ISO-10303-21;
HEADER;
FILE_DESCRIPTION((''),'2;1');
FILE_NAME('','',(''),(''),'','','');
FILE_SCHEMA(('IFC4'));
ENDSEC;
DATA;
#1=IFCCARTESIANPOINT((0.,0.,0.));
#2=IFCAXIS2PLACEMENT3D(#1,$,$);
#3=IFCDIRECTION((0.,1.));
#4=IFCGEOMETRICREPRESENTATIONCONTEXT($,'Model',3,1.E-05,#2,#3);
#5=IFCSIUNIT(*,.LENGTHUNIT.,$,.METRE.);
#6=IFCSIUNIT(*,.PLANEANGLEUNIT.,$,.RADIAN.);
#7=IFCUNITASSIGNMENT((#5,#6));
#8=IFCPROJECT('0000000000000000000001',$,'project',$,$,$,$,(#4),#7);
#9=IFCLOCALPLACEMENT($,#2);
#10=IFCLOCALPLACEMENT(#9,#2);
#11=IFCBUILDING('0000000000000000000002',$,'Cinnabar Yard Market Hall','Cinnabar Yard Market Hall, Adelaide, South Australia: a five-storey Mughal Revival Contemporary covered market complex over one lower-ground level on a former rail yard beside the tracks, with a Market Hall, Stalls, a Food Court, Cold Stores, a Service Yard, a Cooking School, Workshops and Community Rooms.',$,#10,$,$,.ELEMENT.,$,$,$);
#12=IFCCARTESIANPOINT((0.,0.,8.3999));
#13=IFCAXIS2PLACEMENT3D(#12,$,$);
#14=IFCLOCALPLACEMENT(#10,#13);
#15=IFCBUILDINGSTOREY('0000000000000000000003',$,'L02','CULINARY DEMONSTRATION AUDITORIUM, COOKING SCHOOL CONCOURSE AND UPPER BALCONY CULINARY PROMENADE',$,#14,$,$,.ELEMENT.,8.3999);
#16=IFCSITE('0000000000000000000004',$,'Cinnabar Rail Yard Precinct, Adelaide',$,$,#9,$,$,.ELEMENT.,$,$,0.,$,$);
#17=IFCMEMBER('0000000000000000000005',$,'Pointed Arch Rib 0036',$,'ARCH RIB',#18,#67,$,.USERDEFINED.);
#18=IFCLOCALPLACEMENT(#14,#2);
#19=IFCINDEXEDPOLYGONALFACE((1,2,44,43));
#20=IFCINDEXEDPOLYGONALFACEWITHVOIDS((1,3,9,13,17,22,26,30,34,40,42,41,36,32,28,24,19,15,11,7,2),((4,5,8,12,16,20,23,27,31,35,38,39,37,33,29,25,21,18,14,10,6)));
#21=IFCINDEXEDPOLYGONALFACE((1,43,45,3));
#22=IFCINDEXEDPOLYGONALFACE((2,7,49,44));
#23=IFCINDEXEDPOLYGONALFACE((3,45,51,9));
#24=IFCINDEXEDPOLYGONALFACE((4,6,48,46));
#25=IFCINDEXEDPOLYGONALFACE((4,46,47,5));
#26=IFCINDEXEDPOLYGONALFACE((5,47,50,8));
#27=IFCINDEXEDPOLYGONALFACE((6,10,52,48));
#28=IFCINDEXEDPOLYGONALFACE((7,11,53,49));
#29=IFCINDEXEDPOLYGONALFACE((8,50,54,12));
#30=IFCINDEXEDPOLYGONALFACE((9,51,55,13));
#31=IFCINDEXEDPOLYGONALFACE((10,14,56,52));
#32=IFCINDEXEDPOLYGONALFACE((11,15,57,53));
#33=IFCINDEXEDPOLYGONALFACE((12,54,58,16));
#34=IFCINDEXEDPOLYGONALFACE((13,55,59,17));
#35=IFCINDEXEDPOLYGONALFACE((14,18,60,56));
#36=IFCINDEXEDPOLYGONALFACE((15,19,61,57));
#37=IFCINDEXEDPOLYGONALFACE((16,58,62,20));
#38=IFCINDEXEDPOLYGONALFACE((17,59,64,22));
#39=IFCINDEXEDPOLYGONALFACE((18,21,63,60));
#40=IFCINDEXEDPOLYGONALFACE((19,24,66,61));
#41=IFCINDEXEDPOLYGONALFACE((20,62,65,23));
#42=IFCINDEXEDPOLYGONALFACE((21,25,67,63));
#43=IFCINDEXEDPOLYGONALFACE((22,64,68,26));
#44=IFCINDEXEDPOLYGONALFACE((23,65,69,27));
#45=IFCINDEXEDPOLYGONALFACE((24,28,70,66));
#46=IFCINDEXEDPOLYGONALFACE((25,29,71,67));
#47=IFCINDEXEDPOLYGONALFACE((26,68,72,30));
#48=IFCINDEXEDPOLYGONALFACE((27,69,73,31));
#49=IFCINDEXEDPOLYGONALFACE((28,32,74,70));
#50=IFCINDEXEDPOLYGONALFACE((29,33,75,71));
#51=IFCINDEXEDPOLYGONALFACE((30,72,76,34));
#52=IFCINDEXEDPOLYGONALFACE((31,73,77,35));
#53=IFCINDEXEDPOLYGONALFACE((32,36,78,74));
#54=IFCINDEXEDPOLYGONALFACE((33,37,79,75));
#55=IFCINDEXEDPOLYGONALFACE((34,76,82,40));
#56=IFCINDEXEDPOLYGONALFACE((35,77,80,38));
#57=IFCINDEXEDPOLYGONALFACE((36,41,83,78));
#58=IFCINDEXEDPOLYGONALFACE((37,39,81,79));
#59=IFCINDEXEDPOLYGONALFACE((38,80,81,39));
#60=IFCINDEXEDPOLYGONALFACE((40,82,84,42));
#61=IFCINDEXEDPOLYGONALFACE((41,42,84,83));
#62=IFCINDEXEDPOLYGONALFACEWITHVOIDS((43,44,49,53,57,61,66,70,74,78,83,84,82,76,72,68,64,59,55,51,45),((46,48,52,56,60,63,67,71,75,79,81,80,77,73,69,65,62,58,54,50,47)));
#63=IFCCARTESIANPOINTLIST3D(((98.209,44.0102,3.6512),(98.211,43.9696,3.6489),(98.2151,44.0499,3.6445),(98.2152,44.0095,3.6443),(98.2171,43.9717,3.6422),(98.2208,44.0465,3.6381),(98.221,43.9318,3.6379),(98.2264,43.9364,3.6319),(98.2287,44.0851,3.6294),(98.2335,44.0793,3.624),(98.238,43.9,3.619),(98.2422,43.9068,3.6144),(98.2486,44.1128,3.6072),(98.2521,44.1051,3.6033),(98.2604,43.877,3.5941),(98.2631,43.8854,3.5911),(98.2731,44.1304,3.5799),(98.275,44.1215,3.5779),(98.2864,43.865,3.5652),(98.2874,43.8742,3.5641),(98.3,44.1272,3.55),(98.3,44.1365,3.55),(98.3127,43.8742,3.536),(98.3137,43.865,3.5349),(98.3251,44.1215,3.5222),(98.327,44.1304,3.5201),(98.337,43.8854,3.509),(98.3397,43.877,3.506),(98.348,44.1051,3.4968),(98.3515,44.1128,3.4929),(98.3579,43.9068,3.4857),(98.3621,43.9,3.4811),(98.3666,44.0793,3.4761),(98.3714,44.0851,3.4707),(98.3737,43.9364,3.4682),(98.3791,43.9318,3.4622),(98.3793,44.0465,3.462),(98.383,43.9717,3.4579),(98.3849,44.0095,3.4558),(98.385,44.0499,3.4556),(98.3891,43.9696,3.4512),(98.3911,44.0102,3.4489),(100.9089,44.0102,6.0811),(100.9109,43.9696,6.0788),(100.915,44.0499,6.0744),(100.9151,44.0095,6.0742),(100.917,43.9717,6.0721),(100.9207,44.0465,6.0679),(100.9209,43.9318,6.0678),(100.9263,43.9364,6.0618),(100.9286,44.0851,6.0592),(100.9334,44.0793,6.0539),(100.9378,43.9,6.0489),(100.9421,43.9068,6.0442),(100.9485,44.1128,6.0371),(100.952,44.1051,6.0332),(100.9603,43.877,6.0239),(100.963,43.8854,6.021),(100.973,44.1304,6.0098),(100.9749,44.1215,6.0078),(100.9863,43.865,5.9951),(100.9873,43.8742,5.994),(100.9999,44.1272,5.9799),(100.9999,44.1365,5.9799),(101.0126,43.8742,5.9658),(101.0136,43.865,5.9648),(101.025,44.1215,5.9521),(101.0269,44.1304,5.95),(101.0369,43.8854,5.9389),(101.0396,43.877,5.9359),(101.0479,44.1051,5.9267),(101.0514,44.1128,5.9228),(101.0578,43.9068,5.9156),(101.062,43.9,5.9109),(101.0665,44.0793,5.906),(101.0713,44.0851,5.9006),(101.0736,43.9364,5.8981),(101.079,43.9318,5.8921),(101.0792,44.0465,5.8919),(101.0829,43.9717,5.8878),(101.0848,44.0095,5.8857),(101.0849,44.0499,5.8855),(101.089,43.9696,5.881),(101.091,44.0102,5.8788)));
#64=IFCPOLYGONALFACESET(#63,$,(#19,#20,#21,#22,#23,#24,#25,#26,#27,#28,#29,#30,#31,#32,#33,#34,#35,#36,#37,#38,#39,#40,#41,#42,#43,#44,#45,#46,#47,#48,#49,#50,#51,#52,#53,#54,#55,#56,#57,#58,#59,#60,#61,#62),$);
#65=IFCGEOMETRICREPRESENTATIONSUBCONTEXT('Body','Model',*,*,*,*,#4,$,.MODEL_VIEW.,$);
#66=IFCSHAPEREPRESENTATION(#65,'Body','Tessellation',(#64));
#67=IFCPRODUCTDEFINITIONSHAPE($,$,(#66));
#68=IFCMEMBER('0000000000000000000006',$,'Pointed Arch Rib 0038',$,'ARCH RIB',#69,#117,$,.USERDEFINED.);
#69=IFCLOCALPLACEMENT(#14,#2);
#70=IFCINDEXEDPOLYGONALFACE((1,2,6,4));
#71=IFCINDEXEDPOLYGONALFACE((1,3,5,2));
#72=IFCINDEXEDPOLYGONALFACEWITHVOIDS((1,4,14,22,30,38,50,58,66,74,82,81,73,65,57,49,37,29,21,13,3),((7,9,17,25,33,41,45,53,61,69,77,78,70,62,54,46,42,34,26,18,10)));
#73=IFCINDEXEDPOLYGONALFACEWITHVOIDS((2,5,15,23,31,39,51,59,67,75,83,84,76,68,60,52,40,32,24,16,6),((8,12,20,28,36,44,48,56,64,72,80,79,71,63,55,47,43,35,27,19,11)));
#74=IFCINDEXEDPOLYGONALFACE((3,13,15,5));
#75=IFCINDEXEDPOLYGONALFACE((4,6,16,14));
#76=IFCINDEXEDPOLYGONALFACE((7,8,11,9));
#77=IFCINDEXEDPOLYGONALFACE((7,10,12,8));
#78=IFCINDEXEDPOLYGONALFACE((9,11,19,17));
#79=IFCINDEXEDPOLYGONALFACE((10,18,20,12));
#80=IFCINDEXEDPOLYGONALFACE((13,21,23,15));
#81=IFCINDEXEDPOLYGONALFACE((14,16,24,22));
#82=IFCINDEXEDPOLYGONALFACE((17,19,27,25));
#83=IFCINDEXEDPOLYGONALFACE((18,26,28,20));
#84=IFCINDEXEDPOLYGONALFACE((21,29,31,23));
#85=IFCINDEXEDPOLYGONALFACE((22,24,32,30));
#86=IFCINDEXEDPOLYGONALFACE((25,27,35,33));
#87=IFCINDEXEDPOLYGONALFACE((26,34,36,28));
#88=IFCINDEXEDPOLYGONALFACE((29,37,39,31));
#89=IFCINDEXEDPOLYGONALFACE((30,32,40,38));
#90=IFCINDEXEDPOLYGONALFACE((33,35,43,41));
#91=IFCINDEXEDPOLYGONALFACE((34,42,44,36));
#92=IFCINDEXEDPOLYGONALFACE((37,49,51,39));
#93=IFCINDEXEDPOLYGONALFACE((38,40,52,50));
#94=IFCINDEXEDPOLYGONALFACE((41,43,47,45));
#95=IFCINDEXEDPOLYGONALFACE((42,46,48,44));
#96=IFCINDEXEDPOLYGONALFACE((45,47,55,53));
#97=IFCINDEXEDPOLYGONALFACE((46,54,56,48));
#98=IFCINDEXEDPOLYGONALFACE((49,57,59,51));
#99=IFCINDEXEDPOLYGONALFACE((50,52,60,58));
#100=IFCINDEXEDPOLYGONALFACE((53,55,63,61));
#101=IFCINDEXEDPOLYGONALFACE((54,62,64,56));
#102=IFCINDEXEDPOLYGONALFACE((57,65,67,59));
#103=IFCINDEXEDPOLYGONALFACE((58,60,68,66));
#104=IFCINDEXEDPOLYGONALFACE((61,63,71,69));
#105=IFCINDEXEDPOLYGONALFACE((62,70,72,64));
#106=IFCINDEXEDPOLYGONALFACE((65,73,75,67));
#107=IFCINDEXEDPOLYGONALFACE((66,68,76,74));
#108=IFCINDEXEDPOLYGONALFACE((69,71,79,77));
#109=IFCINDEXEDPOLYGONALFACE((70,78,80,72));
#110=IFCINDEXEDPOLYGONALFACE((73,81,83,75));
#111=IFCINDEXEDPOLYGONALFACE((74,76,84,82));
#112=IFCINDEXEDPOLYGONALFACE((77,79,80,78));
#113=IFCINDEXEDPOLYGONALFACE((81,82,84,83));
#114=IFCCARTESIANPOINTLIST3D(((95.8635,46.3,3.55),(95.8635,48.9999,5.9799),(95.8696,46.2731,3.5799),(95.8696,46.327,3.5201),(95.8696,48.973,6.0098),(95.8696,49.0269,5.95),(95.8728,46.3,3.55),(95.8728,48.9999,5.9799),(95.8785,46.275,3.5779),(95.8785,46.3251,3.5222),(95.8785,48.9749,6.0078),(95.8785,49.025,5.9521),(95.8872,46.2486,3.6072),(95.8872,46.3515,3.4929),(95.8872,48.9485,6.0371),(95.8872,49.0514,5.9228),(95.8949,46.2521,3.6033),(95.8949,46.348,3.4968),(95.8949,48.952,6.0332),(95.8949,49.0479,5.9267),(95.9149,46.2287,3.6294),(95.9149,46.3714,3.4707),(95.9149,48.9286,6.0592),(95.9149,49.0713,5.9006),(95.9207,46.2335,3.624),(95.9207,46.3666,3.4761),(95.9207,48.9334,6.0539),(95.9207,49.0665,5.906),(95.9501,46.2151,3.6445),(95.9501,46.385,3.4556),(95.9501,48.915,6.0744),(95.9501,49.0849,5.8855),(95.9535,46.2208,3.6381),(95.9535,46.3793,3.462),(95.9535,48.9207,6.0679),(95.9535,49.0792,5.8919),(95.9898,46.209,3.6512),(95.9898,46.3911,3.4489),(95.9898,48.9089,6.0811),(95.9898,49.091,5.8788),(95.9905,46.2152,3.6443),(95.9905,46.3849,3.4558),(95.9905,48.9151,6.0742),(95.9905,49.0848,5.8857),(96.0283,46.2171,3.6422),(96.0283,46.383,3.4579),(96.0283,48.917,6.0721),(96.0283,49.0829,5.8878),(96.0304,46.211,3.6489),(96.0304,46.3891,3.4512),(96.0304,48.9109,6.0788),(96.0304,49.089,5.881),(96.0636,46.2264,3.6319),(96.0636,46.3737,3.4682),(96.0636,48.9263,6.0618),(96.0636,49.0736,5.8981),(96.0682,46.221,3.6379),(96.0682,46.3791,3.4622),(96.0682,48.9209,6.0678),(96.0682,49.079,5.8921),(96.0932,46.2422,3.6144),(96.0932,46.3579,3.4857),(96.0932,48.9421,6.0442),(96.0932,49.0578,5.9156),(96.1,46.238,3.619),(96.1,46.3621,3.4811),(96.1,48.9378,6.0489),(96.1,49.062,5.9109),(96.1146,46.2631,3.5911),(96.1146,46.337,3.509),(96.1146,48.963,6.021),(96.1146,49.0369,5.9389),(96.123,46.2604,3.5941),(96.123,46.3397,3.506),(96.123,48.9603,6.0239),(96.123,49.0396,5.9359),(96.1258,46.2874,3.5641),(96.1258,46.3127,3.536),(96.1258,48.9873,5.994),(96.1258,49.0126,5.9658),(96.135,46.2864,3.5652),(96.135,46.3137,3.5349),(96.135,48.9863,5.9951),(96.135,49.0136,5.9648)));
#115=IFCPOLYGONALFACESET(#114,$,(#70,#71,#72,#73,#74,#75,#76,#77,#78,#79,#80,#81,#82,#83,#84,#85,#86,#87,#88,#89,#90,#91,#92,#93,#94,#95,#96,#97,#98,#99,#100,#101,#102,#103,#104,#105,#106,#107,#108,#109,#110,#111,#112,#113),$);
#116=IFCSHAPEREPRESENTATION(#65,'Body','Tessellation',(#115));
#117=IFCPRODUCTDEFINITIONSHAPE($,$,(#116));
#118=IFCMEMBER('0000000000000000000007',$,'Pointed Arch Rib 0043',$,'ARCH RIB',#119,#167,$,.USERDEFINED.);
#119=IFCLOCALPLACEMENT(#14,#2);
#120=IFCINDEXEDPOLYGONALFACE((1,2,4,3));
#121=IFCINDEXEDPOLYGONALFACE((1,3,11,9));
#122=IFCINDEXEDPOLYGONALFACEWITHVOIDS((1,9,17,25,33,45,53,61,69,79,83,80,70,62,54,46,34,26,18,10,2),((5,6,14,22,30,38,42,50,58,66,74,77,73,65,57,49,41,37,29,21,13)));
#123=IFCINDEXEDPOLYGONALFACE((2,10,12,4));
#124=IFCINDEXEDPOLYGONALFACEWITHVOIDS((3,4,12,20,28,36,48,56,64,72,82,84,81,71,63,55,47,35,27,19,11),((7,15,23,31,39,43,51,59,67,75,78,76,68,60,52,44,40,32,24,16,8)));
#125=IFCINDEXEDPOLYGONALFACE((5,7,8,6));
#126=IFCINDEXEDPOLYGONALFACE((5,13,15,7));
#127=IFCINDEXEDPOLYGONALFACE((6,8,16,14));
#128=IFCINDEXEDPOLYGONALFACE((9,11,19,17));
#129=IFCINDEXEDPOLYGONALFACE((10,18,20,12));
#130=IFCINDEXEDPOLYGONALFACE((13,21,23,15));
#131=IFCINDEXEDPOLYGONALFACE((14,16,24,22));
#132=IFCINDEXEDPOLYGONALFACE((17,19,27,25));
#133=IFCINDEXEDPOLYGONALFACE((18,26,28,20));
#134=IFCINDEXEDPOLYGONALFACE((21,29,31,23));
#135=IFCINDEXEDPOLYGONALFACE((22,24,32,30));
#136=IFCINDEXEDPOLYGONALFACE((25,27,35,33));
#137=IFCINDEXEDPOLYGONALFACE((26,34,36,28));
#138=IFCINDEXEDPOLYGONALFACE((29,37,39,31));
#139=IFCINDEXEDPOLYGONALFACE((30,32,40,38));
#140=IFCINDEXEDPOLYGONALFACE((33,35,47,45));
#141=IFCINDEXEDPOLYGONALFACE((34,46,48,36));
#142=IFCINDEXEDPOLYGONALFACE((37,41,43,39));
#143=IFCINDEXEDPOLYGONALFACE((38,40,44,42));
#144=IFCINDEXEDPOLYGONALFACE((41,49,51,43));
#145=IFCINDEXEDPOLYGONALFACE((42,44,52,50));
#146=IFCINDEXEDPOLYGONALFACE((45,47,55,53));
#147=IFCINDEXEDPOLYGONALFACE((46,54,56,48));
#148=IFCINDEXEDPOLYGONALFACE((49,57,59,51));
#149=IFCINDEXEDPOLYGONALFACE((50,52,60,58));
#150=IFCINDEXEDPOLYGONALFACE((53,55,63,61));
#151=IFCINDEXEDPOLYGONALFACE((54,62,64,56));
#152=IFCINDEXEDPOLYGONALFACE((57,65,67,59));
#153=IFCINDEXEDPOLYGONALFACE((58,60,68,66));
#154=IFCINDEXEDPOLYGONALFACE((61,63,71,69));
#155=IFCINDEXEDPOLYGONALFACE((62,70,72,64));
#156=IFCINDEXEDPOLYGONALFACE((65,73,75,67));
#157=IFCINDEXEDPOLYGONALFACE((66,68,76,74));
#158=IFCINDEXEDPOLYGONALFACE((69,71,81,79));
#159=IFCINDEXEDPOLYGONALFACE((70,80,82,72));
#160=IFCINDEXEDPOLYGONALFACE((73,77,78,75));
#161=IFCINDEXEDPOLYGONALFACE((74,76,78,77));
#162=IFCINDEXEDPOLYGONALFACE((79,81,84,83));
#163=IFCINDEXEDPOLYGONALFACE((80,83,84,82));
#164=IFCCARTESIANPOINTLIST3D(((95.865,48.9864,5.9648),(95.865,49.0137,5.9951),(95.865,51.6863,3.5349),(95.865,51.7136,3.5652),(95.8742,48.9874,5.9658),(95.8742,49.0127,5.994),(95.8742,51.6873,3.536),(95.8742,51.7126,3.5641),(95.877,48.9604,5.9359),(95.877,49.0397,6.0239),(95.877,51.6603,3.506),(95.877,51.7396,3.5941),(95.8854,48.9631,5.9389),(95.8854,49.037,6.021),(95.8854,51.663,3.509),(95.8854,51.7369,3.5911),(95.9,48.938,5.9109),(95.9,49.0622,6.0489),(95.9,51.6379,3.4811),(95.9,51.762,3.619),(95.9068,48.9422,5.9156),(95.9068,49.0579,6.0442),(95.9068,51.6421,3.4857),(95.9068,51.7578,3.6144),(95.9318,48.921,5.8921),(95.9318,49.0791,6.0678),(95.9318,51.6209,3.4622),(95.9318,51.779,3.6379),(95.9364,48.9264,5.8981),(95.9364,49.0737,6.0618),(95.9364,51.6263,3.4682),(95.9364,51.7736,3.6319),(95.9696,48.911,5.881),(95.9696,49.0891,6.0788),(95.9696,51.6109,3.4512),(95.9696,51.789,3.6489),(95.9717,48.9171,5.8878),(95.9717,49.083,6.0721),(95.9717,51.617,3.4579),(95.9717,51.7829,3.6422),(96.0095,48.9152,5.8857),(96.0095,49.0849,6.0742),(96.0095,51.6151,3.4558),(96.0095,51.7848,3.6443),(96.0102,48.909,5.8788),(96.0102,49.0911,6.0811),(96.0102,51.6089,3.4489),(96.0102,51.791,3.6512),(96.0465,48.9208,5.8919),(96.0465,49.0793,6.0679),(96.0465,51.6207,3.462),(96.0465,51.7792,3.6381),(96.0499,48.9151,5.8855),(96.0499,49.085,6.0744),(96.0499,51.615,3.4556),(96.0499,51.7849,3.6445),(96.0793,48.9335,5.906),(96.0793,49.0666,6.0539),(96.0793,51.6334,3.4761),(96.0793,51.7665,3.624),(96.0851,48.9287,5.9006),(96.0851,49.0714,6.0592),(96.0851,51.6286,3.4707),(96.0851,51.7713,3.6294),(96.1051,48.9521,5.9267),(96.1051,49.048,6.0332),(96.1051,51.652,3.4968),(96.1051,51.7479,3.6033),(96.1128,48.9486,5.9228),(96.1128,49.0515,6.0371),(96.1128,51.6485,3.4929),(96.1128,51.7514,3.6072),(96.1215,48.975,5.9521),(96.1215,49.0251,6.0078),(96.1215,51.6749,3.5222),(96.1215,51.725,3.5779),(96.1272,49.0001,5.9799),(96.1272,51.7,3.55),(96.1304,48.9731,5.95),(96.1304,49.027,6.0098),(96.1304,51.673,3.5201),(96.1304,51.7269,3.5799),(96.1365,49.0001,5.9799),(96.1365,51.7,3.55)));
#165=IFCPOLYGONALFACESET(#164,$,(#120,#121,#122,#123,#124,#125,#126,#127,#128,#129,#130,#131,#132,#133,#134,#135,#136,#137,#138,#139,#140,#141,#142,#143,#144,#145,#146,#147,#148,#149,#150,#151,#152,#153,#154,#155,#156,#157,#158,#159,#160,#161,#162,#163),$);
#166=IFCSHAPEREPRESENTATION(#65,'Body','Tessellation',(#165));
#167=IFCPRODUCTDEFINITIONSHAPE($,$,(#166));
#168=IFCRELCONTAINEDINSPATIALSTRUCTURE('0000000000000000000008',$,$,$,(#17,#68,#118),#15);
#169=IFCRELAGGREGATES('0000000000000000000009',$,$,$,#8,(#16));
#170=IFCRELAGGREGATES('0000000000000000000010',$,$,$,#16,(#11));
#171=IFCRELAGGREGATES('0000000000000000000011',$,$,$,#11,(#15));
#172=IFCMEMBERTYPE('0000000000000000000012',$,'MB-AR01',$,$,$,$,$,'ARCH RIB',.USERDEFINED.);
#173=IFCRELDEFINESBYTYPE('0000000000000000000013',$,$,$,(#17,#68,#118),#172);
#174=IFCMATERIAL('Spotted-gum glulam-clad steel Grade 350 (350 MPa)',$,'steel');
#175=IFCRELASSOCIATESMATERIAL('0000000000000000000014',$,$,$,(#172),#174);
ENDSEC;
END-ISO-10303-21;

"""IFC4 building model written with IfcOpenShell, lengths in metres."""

from ifc_helpers import new_model, si_unit, direction, frame, origin, origin_2d_with_axis, place, context, subcontext, project, spatial, hollow_circle, extrude, material, material_profile, profile_set, type_object, element, save


model = new_model("IFC4")

# Units and contexts
model_context = context("Model", 3, precision=1e-05, world=origin(), true_north=direction((0.0, 1.0)))
body_context = subcontext(model_context, "Body", "Model", "MODEL_VIEW")
ifc_project = project(units=[si_unit("LENGTHUNIT", "METRE"), si_unit("PLANEANGLEUNIT", "RADIAN")], contexts=[model_context])

# Site, building, storey
site_placement = place(None, origin())
site = spatial("IfcSite", under=ifc_project, at=site_placement, Name="Cinnabar Rail Yard Precinct, Adelaide", CompositionType="ELEMENT", RefElevation=0.0)
building_placement = place(site_placement, origin())
building = spatial("IfcBuilding", under=site, at=building_placement, Name="Cinnabar Yard Market Hall", Description="Cinnabar Yard Market Hall, Adelaide, South Australia: a five-storey Mughal Revival Contemporary covered market complex over one lower-ground level on a former rail yard beside the tracks, with a Market Hall, Stalls, a Food Court, Cold Stores, a Service Yard, a Cooking School, Workshops and Community Rooms.", CompositionType="ELEMENT")
storey_placement = place(building_placement, frame((0.0, 0.0, 8.3999)))
storey = spatial("IfcBuildingStorey", under=building, at=storey_placement, Name="L02", Description="CULINARY DEMONSTRATION AUDITORIUM, COOKING SCHOOL CONCOURSE AND UPPER BALCONY CULINARY PROMENADE", CompositionType="ELEMENT", Elevation=8.3999)

# Shared definitions
ifc_material_1 = material(Name="Spotted-gum glulam-clad steel Grade 350 (350 MPa)", Category="steel")

# Members
ifc_material_profile_1 = material_profile(ifc_material_1, hollow_circle(Radius=0.1365, WallThickness=0.0093, at=origin_2d_with_axis()), Name="273.1x9.3CHS")
ifc_profile_set_1 = profile_set([ifc_material_profile_1], Name="Spotted-gum glulam-clad steel Grade 350 (350 MPa)")
member_type_1 = type_object("IfcMemberType", Name="MB-AR01", ElementType="ARCH RIB", PredefinedType="USERDEFINED", material=ifc_profile_set_1)
for number, where, z_axis, x_axis, name in (
    (1, (98.3, 44.0, 3.55), (0.743297, 0.0, 0.668961), (0.0, 1.0, 0.0), "Pointed Arch Rib 0036"),
    (2, (96.0, 46.3, 3.55), (0.0, 0.743297, 0.668961), (-1.0, 0.0, 0.0), "Pointed Arch Rib 0038"),
    (3, (96.0, 51.7, 3.55), (0.0, -0.743297, 0.668961), (1.0, 0.0, 0.0), "Pointed Arch Rib 0043"),
):
    element("IfcMember", number, at=place(storey_placement, frame(where, z_axis=z_axis, x_axis=x_axis)), inside=storey, type_object=member_type_1, Name=name, ObjectType="ARCH RIB", PredefinedType="USERDEFINED", context=body_context, shape_type="SweptSolid", body=[
        extrude(hollow_circle(Radius=0.1365, WallThickness=0.0093, at=origin_2d_with_axis()), origin(), (0.0, 0.0, 1.0), 3.6323),
    ])

save(model, "model.ifc")
